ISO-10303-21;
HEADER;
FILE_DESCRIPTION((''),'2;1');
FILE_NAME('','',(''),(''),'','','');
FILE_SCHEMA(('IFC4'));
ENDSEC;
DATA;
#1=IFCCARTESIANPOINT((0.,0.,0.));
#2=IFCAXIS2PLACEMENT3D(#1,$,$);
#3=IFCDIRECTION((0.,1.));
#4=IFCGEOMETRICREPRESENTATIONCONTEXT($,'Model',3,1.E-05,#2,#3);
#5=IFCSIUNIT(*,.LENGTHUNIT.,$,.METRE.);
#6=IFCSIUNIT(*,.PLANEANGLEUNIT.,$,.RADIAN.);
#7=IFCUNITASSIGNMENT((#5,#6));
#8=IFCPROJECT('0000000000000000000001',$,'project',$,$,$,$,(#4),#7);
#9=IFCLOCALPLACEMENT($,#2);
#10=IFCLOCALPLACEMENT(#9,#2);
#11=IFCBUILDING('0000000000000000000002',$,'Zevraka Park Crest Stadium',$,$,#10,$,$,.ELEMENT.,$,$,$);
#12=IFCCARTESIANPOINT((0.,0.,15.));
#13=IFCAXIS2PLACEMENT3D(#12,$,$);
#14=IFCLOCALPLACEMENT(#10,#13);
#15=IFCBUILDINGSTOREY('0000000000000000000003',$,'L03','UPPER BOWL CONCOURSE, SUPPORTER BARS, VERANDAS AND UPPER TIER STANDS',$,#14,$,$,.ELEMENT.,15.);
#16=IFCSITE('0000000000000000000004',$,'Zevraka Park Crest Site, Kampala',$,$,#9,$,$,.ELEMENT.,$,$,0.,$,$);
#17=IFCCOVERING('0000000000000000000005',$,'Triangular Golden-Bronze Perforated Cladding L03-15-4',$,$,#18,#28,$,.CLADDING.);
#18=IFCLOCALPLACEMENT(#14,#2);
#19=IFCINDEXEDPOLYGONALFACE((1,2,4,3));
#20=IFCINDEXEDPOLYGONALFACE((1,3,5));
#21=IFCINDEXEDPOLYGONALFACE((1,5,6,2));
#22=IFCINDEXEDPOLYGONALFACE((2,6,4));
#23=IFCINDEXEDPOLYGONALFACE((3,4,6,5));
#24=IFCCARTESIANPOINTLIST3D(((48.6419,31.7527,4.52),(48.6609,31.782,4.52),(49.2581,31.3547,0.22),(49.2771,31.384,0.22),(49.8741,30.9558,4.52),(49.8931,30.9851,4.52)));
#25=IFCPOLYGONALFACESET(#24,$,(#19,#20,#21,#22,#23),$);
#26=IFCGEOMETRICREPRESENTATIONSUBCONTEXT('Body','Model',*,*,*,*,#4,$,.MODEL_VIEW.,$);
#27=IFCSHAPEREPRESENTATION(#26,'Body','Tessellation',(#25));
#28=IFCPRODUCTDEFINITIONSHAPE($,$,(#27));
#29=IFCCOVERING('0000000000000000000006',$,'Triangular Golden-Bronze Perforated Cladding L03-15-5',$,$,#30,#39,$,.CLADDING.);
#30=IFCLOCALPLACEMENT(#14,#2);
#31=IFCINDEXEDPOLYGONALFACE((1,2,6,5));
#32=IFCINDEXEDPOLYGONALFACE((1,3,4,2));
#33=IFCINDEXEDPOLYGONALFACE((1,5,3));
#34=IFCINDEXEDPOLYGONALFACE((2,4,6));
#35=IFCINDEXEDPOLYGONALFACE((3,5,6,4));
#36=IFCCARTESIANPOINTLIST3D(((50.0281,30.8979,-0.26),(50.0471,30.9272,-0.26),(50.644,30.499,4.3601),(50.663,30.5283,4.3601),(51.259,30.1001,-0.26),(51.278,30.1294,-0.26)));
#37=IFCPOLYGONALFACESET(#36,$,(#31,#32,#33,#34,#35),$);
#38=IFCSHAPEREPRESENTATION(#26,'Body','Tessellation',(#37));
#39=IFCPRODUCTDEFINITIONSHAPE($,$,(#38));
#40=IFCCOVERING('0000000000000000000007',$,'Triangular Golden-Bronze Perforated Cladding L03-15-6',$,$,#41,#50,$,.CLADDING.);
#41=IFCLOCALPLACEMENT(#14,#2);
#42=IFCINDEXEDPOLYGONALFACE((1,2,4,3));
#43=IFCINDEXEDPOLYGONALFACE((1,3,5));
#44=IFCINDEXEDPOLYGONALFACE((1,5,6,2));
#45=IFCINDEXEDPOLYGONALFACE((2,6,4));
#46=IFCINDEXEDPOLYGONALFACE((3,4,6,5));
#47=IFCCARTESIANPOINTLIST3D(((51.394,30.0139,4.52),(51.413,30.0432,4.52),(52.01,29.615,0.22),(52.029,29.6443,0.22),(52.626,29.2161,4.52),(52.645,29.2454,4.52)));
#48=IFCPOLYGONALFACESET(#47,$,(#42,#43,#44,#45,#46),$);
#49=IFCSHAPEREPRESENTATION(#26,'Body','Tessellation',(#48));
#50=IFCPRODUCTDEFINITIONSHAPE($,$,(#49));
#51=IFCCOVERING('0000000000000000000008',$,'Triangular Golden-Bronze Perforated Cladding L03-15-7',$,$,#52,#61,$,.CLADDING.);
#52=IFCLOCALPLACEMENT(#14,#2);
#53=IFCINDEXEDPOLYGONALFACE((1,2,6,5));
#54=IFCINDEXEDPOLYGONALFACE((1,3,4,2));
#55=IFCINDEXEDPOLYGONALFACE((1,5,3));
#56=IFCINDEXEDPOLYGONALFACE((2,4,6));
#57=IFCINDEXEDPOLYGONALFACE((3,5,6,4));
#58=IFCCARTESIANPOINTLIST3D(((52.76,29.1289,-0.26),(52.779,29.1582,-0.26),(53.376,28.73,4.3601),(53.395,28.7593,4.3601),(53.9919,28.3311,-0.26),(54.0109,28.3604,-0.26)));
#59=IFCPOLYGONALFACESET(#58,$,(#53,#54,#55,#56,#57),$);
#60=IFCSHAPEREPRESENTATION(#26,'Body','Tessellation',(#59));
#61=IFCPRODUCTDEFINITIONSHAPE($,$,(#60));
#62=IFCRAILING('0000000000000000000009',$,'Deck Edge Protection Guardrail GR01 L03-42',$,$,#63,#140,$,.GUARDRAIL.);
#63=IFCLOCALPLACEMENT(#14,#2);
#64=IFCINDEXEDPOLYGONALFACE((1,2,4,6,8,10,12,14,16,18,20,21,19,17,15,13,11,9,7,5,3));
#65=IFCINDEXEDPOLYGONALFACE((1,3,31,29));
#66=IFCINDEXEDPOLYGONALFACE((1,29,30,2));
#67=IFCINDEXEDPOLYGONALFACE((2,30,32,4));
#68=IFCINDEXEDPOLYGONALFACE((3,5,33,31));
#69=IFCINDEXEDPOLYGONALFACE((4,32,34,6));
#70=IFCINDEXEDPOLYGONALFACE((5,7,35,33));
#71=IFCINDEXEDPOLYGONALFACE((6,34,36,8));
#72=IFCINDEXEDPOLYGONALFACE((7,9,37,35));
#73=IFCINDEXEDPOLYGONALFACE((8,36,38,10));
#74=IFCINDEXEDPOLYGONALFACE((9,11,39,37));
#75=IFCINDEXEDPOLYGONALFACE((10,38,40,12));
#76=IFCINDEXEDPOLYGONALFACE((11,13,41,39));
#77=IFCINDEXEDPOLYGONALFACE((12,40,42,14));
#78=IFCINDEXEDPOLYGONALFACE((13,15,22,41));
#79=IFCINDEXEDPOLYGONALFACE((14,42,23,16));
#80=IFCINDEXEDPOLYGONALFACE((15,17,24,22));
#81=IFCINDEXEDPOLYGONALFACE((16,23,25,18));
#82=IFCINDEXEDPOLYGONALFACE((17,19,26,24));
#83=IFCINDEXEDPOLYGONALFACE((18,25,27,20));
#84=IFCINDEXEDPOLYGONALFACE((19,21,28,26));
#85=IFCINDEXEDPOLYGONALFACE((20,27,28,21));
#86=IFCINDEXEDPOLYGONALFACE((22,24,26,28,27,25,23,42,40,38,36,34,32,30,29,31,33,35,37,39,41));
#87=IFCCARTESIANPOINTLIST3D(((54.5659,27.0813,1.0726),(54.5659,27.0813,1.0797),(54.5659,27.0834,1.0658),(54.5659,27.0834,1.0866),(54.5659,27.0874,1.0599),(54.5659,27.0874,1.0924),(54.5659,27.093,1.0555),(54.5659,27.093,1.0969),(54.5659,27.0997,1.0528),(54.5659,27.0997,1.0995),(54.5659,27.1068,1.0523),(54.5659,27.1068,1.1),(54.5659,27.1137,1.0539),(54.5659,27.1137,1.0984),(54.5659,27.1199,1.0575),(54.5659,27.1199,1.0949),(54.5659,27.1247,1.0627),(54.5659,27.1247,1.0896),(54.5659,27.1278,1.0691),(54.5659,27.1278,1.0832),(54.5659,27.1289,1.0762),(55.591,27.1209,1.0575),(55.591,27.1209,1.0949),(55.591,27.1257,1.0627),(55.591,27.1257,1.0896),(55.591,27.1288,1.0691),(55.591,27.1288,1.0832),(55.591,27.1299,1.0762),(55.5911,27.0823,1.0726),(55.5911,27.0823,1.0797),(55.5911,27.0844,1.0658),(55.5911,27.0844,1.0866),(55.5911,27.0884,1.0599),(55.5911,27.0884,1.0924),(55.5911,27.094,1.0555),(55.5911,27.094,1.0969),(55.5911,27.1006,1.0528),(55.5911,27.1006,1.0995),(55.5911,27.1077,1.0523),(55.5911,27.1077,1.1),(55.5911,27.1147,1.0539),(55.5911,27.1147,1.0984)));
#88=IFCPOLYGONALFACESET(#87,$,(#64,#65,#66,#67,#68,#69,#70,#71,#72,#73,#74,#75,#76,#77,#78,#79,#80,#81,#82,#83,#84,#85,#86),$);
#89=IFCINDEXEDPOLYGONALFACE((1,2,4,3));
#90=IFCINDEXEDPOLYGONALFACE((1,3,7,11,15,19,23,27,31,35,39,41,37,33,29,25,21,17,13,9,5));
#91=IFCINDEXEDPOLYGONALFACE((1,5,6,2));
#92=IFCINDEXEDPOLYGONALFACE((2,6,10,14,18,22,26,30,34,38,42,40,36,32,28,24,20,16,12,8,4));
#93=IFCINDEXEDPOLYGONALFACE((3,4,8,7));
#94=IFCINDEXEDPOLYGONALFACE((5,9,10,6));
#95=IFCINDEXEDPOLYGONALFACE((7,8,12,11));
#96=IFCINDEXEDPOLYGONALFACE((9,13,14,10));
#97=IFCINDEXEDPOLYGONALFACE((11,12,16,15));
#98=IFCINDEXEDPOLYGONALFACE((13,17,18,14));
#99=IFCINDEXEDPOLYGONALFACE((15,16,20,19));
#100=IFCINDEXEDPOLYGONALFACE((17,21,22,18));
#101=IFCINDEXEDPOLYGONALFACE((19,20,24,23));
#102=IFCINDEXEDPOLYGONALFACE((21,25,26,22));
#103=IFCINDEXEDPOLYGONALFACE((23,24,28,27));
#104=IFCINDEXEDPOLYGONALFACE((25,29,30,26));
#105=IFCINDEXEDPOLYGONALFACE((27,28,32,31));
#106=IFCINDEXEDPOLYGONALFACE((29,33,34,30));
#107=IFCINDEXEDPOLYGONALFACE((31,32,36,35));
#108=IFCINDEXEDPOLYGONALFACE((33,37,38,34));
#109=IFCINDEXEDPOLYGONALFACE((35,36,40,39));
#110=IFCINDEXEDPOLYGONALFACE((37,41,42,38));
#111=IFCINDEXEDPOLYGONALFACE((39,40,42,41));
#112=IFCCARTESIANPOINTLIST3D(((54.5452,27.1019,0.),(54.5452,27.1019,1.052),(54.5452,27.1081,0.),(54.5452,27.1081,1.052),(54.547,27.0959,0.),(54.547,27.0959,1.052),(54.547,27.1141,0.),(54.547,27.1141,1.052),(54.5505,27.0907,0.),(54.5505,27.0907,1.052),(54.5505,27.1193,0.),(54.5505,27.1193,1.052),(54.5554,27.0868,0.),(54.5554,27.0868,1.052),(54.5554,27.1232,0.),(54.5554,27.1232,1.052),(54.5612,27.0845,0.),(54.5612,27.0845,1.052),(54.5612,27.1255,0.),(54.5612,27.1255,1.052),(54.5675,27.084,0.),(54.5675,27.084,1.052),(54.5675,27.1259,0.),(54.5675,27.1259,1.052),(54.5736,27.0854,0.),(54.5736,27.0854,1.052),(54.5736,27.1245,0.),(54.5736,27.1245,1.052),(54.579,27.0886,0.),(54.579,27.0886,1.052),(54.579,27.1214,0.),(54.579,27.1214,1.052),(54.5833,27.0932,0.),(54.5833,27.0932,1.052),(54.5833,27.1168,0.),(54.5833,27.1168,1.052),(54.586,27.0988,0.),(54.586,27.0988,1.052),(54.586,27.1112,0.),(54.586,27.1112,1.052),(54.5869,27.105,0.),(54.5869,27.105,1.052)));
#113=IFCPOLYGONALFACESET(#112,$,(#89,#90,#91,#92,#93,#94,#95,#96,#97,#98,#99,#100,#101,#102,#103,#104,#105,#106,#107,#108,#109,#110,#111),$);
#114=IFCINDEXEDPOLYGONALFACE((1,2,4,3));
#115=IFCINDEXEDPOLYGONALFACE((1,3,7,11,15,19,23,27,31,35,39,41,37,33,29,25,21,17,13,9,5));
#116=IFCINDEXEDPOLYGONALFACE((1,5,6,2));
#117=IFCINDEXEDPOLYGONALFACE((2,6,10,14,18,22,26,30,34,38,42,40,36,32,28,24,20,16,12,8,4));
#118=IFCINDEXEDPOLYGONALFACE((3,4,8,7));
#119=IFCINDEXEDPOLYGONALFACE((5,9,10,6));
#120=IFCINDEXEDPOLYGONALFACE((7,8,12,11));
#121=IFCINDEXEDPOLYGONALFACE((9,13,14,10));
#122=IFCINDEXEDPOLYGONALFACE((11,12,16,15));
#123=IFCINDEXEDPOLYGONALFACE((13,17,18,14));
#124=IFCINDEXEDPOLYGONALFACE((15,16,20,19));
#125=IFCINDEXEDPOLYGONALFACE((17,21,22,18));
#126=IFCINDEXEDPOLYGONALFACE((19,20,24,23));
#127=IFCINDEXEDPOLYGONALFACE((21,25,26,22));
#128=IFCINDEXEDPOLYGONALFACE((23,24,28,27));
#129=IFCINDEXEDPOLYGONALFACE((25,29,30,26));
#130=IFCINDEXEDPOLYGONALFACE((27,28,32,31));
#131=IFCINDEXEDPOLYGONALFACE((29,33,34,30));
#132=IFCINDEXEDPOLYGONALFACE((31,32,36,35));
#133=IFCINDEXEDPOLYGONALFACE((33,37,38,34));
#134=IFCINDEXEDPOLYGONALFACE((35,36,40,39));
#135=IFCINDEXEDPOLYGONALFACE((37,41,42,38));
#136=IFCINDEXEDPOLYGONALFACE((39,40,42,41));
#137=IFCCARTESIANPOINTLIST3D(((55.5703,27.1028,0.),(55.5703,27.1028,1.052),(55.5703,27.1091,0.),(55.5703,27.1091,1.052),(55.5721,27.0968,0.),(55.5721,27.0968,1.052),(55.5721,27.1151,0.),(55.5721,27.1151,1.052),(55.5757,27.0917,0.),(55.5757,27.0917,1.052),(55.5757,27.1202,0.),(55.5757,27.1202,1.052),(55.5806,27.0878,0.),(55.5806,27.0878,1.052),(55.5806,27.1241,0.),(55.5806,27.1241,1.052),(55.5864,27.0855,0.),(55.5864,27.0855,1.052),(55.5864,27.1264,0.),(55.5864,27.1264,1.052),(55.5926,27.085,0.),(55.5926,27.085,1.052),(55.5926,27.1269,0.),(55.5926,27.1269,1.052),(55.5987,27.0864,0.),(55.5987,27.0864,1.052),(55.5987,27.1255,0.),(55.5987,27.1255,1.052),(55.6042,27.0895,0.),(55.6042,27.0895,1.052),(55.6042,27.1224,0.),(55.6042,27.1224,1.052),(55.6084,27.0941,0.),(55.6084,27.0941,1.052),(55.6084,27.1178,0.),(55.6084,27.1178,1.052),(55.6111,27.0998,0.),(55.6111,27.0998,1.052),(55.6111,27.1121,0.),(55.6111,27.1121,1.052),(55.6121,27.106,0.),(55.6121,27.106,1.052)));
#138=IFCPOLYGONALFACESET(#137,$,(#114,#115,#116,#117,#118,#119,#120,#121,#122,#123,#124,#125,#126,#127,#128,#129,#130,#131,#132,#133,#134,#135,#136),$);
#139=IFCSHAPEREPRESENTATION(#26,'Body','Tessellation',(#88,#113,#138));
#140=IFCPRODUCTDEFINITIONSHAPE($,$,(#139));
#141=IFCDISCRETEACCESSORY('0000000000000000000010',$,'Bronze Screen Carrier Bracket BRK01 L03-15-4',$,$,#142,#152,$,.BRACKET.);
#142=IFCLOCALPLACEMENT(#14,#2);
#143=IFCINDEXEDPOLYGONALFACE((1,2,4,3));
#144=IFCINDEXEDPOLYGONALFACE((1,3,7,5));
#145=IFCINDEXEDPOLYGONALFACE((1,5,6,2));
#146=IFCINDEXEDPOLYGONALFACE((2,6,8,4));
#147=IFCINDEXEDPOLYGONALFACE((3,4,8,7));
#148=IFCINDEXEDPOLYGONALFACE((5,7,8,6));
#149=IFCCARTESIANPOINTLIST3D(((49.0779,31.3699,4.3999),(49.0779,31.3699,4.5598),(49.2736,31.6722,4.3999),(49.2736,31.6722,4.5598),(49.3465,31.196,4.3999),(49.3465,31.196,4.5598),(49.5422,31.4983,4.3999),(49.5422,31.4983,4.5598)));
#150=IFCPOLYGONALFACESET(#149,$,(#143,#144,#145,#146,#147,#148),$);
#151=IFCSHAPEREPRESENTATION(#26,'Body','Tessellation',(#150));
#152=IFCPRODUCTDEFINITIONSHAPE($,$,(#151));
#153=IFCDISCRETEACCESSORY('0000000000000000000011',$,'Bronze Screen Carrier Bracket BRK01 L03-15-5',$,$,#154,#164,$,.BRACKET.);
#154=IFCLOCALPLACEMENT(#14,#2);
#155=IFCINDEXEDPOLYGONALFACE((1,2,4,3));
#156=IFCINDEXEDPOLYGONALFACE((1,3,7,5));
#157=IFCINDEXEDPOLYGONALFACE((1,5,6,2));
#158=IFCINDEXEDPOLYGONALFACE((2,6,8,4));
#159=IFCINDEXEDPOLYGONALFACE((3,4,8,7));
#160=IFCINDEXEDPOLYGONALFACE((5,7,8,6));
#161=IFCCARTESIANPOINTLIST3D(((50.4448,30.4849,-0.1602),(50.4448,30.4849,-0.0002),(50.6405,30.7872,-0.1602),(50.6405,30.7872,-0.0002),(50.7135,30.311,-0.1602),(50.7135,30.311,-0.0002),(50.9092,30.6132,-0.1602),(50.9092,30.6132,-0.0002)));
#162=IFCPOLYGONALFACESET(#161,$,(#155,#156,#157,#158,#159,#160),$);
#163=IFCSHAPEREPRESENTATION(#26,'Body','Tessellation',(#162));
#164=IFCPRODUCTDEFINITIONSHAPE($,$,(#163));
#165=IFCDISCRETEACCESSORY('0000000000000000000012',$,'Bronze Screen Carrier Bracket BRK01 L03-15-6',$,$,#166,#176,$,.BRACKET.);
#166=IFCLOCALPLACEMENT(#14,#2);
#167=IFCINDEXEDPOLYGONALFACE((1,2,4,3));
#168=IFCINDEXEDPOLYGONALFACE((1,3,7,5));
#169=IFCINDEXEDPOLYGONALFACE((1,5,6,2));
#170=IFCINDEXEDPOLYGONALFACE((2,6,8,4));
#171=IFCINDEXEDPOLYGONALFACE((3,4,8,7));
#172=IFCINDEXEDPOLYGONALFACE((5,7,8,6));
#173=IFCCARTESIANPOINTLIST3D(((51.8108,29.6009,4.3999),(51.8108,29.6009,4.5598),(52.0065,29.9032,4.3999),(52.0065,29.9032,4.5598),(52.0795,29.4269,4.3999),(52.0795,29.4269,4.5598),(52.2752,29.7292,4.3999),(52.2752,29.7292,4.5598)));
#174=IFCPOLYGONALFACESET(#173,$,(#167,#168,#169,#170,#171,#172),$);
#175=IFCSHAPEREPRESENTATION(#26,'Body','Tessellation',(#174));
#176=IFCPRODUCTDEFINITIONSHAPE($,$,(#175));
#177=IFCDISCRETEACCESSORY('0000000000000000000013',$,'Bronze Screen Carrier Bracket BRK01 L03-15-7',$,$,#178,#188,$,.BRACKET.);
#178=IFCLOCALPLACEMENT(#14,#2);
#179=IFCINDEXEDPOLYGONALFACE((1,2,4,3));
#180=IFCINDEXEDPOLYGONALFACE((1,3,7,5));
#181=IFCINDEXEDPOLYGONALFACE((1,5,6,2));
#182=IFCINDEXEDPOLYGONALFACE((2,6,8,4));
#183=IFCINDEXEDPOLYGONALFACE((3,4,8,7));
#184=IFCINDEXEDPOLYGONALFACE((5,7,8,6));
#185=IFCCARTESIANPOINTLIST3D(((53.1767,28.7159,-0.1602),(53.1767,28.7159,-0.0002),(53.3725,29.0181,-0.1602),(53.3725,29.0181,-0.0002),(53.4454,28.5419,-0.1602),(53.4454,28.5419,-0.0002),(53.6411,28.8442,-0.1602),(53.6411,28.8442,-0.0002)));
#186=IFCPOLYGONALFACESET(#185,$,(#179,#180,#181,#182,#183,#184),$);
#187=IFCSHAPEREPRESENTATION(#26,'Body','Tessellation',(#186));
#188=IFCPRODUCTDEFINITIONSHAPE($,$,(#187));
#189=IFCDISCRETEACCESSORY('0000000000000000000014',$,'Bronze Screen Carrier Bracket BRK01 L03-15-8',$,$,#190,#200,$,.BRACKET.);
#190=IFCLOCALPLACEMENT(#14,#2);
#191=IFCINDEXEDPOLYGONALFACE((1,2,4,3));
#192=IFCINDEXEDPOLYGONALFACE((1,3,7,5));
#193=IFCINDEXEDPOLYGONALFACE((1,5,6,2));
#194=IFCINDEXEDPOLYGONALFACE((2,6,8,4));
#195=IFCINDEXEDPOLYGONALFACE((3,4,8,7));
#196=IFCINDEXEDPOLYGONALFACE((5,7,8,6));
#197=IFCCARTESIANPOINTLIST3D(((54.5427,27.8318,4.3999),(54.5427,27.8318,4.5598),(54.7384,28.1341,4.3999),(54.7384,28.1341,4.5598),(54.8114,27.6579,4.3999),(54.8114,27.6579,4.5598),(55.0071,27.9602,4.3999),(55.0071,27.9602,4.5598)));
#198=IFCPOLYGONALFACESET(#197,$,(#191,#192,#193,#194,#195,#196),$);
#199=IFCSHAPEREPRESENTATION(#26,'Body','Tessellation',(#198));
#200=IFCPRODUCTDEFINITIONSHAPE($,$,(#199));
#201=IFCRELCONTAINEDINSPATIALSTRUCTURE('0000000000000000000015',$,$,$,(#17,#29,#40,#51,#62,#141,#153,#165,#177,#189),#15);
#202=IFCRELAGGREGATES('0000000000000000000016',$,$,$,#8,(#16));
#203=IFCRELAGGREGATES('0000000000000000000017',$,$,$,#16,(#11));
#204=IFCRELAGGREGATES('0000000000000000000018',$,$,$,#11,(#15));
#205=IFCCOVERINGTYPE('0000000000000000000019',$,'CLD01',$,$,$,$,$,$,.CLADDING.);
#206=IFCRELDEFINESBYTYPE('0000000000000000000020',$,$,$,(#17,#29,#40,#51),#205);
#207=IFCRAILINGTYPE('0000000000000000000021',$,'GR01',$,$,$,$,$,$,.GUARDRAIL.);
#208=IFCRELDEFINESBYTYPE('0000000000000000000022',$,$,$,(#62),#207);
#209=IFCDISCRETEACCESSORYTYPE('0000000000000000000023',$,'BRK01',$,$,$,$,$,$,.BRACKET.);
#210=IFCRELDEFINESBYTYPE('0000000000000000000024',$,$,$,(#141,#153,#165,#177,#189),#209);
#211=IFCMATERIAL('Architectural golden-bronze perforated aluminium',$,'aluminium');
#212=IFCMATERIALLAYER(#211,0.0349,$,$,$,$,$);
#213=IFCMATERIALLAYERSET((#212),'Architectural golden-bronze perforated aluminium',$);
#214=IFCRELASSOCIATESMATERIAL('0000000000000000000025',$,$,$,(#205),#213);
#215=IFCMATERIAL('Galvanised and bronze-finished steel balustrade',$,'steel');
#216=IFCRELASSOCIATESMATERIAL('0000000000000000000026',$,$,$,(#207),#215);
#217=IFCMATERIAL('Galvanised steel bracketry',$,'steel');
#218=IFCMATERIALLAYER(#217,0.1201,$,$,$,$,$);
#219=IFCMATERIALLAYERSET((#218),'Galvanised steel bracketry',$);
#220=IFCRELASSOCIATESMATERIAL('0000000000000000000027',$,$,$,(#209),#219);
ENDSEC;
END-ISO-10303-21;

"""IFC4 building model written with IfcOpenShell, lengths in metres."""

from ifc_helpers import new_model, si_unit, direction, frame, origin, origin_2d, place, context, subcontext, project, spatial, polyline, rectangle, circle, outline, extrude, material, layer, layer_set, type_object, element, save


model = new_model("IFC4")

# Units and contexts
model_context = context("Model", 3, precision=1e-05, world=origin(), true_north=direction((0.0, 1.0)))
body_context = subcontext(model_context, "Body", "Model", "MODEL_VIEW")
ifc_project = project(units=[si_unit("LENGTHUNIT", "METRE"), si_unit("PLANEANGLEUNIT", "RADIAN")], contexts=[model_context])

# Site, building, storey
site_placement = place(None, origin())
site = spatial("IfcSite", under=ifc_project, at=site_placement, Name="Zevraka Park Crest Site, Kampala", CompositionType="ELEMENT", RefElevation=0.0)
building_placement = place(site_placement, origin())
building = spatial("IfcBuilding", under=site, at=building_placement, Name="Zevraka Park Crest Stadium", CompositionType="ELEMENT")
storey_placement = place(building_placement, frame((0.0, 0.0, 15.0)))
storey = spatial("IfcBuildingStorey", under=building, at=storey_placement, Name="L03", Description="UPPER BOWL CONCOURSE, SUPPORTER BARS, VERANDAS AND UPPER TIER STANDS", CompositionType="ELEMENT", Elevation=15.0)

# Coverings
ifc_material_1 = material(Name="Architectural golden-bronze perforated aluminium", Category="aluminium")
ifc_layer_1 = layer(ifc_material_1, 0.0349)
ifc_layer_set_1 = layer_set([ifc_layer_1], Name="Architectural golden-bronze perforated aluminium")
covering_type = type_object("IfcCoveringType", Name="CLD01", PredefinedType="CLADDING", material=ifc_layer_set_1)
covering_1_placement = place(storey_placement, frame((49.8931, 30.9851, 4.52), z_axis=(0.543051, 0.8397, 0.000111), x_axis=(-0.8397, 0.543051, 0.0)))
element("IfcCovering", 1, at=covering_1_placement, inside=storey, type_object=covering_type, Name="Triangular Golden-Bronze Perforated Cladding L03-15-4", PredefinedType="CLADDING", context=body_context, shape_type="SweptSolid", body=[
    extrude(outline(polyline([(0.0, 0.0), (1.4674, 0.0), (0.7339, -4.3), (0.0, 0.0)])), origin(), (0.0, 0.0, -1.0), 0.0349),
])
covering_2_placement = place(storey_placement, frame((50.0281, 30.8979, -0.26), z_axis=(-0.5439, -0.83915, 0.000057), x_axis=(0.83915, -0.5439, 0.0)))
element("IfcCovering", 2, at=covering_2_placement, inside=storey, type_object=covering_type, Name="Triangular Golden-Bronze Perforated Cladding L03-15-5", PredefinedType="CLADDING", context=body_context, shape_type="SweptSolid", body=[
    extrude(outline(polyline([(0.0, 0.0), (1.4669, 0.0), (0.7339, 4.6201), (0.0, 0.0)])), origin(), (0.0, 0.0, -1.0), 0.0349),
])
covering_3_placement = place(storey_placement, frame((52.626, 29.2161, 4.52), z_axis=(-0.543596, -0.839347, 0.0), x_axis=(-0.839347, 0.543596, 0.0)))
element("IfcCovering", 3, at=covering_3_placement, inside=storey, type_object=covering_type, Name="Triangular Golden-Bronze Perforated Cladding L03-15-6", PredefinedType="CLADDING", context=body_context, shape_type="SweptSolid", body=[
    extrude(outline(polyline([(0.0, 0.0), (1.4677, 0.0), (0.7339, 4.3), (0.0, 0.0)])), origin(), (0.0, 0.0, -1.0), 0.0349),
])
covering_4_placement = place(storey_placement, frame((52.76, 29.1289, -0.26), z_axis=(-0.543596, -0.839347, 0.0), x_axis=(0.839347, -0.543596, 0.0)))
element("IfcCovering", 4, at=covering_4_placement, inside=storey, type_object=covering_type, Name="Triangular Golden-Bronze Perforated Cladding L03-15-7", PredefinedType="CLADDING", context=body_context, shape_type="SweptSolid", body=[
    extrude(outline(polyline([(0.0, 0.0), (1.4677, 0.0), (0.7339, 4.6201), (0.0, 0.0)])), origin(), (0.0, 0.0, -1.0), 0.0349),
])

# Railing
ifc_material_2 = material(Name="Galvanised and bronze-finished steel balustrade", Category="steel")
railing_type = type_object("IfcRailingType", Name="GR01", PredefinedType="GUARDRAIL", material=ifc_material_2)
railing_placement = place(storey_placement, frame((54.5659, 27.105, 0.0)))
element("IfcRailing", 5, at=railing_placement, inside=storey, type_object=railing_type, Name="Deck Edge Protection Guardrail GR01 L03-42", PredefinedType="GUARDRAIL", context=body_context, shape_type="SweptSolid", body=[
    extrude(circle(Radius=0.0239, at=origin_2d()), frame((0.0, 0.0, 1.0762), z_axis=(1.0, 0.000953, 0.0), x_axis=(-0.000953, 1.0, 0.0)), (0.0, 0.0, 1.0), 1.0251),
    extrude(circle(Radius=0.021, at=origin_2d()), origin(), (0.0, 0.0, 1.0), 1.052),
    extrude(circle(Radius=0.021, at=origin_2d()), frame((1.0251, 0.001, 0.0)), (0.0, 0.0, 1.0), 1.052),
])

# Discrete accessories
ifc_material_3 = material(Name="Galvanised steel bracketry", Category="steel")
ifc_layer_2 = layer(ifc_material_3, 0.1201)
ifc_layer_set_2 = layer_set([ifc_layer_2], Name="Galvanised steel bracketry")
discrete_accessory_type = type_object("IfcDiscreteAccessoryType", Name="BRK01", PredefinedType="BRACKET", material=ifc_layer_set_2)
for number, where, z_axis, x_axis, name in (
    (6, (49.3101, 31.4341, 4.3999), (0.0, 0.0, 1.0), (0.83943, -0.543467, 0.0), "Bronze Screen Carrier Bracket BRK01 L03-15-4"),
    (7, (50.677, 30.5491, -0.1602), (0.0, 0.0, 1.0), (0.83943, -0.543467, 0.0), "Bronze Screen Carrier Bracket BRK01 L03-15-5"),
    (8, (52.043, 29.665, 4.3999), (0.0, 0.0, 1.0), (0.83943, -0.543467, 0.0), "Bronze Screen Carrier Bracket BRK01 L03-15-6"),
    (9, (53.4089, 28.78, -0.1602), (0.0, 0.0, 1.0), (0.83943, -0.543467, 0.0), "Bronze Screen Carrier Bracket BRK01 L03-15-7"),
    (10, (54.7749, 27.896, 4.3999), (0.0, 0.0, 1.0), (0.83943, -0.543467, 0.0), "Bronze Screen Carrier Bracket BRK01 L03-15-8"),
):
    element("IfcDiscreteAccessory", number, at=place(storey_placement, frame(where, z_axis=z_axis, x_axis=x_axis)), inside=storey, type_object=discrete_accessory_type, Name=name, PredefinedType="BRACKET", context=body_context, shape_type="SweptSolid", body=[
        extrude(rectangle(XDim=0.3201, YDim=0.3601, at=origin_2d()), origin(), (0.0, 0.0, 1.0), 0.1599),
    ])

save(model, "model.ifc")
